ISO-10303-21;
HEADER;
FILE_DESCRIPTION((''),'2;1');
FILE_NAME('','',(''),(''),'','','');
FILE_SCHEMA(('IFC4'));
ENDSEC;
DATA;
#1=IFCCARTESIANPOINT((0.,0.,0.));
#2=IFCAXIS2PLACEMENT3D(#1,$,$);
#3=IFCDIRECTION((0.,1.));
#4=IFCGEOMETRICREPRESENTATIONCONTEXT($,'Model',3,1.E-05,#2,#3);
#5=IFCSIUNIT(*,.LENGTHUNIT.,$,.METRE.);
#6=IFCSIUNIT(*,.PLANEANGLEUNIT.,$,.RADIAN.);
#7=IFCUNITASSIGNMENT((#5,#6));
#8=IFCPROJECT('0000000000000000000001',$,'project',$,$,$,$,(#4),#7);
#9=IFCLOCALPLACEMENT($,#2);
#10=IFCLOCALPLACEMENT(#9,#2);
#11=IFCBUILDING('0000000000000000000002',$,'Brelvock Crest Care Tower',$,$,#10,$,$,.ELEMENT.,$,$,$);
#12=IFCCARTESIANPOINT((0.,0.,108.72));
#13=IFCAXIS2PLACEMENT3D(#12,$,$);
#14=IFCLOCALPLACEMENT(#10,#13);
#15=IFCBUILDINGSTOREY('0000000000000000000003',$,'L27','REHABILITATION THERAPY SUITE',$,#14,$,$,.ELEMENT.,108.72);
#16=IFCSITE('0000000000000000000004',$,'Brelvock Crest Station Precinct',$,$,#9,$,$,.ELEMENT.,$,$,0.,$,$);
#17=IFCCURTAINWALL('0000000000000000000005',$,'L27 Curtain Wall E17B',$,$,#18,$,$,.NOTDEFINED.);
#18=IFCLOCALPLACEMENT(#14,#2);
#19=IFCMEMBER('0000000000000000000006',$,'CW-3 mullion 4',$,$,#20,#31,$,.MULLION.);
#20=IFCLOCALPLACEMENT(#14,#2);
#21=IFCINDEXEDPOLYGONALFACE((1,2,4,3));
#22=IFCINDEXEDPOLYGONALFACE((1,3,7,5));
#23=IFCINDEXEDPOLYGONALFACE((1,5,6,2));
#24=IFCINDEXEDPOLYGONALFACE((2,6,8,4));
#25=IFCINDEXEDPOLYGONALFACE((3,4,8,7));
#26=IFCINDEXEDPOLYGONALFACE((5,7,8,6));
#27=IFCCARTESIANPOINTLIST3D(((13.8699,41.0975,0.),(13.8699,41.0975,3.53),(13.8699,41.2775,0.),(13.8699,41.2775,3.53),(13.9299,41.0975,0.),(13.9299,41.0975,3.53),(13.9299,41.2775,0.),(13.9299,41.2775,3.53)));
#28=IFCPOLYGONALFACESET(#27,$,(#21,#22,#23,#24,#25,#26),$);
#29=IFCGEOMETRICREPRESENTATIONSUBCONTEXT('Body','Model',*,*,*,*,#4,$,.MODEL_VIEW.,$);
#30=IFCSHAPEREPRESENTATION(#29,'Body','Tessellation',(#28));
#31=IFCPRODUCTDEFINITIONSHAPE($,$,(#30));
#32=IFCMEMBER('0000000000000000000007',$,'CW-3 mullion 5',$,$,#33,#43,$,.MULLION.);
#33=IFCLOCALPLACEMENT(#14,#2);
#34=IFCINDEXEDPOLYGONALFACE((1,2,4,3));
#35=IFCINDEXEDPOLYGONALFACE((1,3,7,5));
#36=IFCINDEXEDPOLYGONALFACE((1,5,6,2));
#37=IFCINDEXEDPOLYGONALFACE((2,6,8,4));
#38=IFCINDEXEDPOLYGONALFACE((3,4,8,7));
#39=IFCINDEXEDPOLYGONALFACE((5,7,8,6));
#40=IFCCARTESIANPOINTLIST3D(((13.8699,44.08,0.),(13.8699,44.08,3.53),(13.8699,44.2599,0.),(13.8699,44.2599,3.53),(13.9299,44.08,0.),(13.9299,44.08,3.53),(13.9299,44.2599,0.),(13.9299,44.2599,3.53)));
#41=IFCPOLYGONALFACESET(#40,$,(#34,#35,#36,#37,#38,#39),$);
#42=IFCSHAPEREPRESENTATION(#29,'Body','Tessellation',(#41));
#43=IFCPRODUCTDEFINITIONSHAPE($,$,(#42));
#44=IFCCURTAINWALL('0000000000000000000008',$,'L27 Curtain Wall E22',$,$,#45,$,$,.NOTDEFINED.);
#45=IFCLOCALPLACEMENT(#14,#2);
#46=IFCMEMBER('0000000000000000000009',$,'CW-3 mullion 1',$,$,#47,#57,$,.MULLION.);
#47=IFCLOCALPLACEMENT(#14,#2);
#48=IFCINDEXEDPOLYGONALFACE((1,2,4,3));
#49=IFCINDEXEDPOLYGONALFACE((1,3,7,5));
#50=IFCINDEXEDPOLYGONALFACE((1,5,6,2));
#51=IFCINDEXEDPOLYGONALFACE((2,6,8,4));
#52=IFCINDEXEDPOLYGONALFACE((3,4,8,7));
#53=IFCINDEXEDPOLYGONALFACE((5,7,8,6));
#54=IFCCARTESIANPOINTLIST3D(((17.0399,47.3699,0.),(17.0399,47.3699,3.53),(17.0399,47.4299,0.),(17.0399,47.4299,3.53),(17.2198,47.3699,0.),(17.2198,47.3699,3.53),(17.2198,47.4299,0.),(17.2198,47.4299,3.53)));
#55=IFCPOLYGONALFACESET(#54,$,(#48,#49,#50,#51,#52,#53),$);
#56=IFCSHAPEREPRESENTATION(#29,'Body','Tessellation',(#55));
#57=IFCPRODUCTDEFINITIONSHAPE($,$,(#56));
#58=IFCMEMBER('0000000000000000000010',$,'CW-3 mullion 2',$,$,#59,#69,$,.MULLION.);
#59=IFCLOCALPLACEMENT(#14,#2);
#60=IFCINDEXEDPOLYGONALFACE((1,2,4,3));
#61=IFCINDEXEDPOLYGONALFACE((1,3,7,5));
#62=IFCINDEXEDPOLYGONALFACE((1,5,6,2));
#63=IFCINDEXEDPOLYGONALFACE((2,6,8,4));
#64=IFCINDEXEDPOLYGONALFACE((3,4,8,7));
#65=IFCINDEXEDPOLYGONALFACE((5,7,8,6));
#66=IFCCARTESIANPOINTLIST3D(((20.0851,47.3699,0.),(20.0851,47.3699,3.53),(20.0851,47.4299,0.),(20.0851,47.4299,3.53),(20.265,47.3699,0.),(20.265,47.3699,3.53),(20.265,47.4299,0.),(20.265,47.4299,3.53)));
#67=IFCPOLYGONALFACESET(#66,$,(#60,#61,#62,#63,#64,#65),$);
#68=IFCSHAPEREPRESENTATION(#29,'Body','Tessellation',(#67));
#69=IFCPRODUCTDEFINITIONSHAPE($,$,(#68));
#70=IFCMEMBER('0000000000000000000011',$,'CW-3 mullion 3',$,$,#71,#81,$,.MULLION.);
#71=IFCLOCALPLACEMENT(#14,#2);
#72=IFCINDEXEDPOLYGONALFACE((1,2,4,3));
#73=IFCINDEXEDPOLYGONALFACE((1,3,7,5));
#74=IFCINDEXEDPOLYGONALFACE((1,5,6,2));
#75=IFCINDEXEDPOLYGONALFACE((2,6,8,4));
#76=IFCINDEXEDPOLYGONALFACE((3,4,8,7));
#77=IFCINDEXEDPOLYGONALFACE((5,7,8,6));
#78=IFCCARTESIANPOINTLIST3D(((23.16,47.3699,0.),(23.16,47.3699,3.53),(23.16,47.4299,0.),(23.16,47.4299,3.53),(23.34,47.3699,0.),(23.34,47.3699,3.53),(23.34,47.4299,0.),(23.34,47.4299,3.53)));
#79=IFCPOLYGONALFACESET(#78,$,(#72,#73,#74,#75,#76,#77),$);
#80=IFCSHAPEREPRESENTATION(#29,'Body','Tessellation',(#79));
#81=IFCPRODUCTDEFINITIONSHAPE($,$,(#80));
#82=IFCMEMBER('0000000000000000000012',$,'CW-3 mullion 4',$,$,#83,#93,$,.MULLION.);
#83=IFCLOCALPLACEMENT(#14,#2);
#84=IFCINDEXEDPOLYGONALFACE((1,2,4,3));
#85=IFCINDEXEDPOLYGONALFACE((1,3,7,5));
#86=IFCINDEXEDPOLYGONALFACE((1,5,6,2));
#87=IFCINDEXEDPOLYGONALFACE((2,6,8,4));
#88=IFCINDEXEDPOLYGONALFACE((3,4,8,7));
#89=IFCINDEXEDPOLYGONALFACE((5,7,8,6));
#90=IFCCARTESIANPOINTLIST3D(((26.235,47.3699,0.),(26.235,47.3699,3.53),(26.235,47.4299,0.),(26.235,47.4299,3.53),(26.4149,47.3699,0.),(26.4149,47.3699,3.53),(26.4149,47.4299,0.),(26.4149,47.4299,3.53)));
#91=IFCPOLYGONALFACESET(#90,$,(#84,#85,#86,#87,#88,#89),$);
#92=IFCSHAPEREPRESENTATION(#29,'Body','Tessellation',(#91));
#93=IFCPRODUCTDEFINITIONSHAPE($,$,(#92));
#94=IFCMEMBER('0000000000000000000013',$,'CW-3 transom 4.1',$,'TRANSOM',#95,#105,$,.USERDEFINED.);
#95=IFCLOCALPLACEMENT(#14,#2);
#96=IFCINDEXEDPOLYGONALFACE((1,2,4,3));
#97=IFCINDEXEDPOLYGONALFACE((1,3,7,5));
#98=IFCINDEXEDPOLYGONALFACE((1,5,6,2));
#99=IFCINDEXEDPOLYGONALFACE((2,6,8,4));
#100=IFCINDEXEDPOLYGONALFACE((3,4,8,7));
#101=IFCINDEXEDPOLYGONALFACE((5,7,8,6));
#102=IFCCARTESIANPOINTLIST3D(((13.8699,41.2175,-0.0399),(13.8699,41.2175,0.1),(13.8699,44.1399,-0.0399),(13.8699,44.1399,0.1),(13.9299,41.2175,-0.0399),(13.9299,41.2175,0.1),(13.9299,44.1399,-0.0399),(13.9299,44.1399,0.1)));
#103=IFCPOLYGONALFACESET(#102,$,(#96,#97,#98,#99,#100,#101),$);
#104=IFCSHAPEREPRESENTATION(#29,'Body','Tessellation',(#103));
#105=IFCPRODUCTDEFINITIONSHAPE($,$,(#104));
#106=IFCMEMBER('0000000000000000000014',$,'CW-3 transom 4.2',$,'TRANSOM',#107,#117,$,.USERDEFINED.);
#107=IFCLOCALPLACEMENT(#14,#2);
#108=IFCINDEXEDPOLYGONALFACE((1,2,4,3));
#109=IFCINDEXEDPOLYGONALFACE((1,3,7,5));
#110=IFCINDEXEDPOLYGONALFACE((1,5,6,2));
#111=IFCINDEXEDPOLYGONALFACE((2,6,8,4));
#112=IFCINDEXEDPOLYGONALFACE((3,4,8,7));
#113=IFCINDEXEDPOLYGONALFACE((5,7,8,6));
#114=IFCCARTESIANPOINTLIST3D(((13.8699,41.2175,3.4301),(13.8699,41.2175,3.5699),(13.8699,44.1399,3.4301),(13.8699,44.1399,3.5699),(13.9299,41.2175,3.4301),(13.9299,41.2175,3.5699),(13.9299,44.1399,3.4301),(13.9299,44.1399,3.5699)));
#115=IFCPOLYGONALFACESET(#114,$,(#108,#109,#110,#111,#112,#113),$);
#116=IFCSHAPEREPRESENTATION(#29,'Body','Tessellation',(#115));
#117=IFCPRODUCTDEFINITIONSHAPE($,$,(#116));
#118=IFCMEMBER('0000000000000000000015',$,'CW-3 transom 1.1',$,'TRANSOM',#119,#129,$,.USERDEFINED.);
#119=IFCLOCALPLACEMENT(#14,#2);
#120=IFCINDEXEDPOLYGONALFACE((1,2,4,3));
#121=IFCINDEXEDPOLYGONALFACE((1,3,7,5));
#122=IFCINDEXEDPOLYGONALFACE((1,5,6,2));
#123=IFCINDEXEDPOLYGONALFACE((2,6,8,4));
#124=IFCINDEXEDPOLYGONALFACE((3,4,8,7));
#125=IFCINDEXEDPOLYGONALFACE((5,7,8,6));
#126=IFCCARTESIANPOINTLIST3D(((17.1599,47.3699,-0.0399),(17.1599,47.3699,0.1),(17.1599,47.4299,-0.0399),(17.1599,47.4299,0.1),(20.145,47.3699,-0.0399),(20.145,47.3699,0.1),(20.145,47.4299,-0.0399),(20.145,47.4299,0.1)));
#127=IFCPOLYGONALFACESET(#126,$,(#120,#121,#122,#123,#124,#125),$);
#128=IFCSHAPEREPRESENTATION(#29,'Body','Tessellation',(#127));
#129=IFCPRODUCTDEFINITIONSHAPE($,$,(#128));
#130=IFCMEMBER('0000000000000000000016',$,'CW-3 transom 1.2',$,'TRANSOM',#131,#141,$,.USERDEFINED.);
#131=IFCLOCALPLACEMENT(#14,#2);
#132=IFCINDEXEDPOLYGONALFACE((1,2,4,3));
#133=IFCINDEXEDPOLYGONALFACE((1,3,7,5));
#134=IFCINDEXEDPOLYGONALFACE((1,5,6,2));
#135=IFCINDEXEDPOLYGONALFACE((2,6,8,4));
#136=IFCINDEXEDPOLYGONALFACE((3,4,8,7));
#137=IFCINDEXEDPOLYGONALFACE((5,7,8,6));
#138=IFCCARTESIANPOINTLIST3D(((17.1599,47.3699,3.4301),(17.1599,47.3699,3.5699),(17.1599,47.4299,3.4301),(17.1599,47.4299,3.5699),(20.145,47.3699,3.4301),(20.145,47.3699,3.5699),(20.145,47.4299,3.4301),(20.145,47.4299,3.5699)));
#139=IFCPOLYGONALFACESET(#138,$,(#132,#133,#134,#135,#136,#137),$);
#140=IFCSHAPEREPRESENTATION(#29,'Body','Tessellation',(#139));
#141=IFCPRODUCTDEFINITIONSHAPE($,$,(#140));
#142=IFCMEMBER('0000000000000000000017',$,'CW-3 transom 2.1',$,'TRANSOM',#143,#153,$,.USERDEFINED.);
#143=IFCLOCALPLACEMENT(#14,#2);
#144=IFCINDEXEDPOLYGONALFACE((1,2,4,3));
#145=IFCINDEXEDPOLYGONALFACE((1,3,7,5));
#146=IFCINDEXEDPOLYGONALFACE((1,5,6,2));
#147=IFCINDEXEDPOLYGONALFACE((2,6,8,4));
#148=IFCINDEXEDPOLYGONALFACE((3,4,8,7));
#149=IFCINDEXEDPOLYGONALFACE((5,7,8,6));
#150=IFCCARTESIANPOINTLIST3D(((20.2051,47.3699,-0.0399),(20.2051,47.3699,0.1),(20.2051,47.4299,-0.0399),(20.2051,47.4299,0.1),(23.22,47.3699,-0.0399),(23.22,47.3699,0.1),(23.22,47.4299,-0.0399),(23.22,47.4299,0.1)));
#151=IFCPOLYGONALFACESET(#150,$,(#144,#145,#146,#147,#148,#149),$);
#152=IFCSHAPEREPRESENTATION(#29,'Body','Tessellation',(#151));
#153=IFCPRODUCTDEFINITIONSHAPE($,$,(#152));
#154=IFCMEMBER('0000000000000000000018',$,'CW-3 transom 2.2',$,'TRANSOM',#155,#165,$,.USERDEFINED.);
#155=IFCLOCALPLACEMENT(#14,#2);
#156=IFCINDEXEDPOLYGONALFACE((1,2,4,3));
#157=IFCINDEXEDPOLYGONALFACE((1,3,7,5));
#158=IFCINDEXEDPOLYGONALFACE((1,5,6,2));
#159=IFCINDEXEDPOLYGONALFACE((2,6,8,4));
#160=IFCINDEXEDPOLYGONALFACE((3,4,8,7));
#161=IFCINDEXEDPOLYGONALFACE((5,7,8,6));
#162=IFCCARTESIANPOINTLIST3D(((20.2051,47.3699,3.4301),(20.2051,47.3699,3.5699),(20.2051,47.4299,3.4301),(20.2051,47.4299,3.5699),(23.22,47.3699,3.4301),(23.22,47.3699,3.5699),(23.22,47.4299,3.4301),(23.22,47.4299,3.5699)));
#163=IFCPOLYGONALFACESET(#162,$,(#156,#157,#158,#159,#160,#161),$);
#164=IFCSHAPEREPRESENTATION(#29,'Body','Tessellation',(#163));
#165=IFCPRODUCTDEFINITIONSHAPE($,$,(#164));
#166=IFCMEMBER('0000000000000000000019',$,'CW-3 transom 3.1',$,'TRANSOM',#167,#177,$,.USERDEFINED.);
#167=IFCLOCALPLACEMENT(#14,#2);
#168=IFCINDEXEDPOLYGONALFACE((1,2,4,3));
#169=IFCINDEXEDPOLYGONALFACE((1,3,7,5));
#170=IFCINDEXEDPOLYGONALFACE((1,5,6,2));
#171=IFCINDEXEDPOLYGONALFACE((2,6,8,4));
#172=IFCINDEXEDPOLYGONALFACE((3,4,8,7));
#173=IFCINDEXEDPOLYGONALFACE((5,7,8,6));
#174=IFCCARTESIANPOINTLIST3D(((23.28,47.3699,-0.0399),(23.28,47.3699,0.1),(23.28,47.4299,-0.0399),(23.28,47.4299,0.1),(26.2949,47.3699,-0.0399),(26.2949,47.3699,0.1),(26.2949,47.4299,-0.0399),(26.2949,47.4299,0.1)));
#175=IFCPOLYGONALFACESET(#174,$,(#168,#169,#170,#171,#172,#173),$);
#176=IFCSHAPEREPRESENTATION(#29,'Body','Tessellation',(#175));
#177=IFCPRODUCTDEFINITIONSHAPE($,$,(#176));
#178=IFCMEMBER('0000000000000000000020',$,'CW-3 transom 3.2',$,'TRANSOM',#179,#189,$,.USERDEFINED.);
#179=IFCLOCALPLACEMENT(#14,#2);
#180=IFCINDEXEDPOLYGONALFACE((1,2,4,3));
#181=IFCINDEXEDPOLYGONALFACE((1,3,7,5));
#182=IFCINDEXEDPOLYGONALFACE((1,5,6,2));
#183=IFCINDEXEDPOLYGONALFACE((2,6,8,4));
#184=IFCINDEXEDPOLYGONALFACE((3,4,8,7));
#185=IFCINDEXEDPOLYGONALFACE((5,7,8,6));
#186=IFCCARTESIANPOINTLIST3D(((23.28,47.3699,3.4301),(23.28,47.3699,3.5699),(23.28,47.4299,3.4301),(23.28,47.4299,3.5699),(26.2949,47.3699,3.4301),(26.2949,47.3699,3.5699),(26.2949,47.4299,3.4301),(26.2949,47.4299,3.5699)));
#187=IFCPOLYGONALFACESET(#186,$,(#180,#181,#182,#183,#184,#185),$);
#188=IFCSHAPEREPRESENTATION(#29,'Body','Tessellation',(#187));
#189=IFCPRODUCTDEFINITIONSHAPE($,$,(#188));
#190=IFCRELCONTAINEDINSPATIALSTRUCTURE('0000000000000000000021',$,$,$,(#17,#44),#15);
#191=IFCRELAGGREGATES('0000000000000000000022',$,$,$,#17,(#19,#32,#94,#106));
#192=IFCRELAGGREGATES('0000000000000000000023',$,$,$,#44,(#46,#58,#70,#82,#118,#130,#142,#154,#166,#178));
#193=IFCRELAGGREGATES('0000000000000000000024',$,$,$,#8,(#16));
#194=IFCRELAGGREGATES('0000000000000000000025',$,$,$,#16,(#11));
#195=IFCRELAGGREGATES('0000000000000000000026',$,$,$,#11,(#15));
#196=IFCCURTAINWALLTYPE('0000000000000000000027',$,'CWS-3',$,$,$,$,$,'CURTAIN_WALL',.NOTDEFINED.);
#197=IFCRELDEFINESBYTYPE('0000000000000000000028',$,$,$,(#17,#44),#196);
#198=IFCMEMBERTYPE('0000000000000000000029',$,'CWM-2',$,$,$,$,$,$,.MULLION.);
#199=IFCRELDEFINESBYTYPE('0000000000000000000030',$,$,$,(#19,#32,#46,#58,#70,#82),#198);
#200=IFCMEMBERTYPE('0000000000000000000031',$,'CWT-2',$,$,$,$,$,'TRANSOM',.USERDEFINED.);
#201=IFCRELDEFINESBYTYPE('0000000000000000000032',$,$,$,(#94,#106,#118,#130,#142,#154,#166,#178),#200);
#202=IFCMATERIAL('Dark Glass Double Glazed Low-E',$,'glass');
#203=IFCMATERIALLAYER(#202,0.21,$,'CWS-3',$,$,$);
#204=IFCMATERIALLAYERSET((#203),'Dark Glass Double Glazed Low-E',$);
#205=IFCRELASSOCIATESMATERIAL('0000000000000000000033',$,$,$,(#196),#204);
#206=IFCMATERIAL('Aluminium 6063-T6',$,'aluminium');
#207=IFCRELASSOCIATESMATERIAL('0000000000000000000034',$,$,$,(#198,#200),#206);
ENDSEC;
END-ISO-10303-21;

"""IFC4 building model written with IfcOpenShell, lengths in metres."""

from ifc_helpers import new_model, si_unit, direction, frame, origin, origin_2d, place, context, subcontext, project, spatial, rectangle, extrude, source, transform, mapped, material, layer, layer_set, material_profile, profile_set, type_object, element, aggregate, save


model = new_model("IFC4")

# Units and contexts
model_context = context("Model", 3, precision=1e-05, world=origin(), true_north=direction((0.0, 1.0)))
body_context = subcontext(model_context, "Body", "Model", "MODEL_VIEW")
ifc_project = project(units=[si_unit("LENGTHUNIT", "METRE"), si_unit("PLANEANGLEUNIT", "RADIAN")], contexts=[model_context])

# Site, building, storey
site_placement = place(None, origin())
site = spatial("IfcSite", under=ifc_project, at=site_placement, Name="Brelvock Crest Station Precinct", CompositionType="ELEMENT", RefElevation=0.0)
building_placement = place(site_placement, origin())
building = spatial("IfcBuilding", under=site, at=building_placement, Name="Brelvock Crest Care Tower", CompositionType="ELEMENT")
storey_placement = place(building_placement, frame((0.0, 0.0, 108.72)))
storey = spatial("IfcBuildingStorey", under=building, at=storey_placement, Name="L27", Description="REHABILITATION THERAPY SUITE", CompositionType="ELEMENT", Elevation=108.72)

# Curtain walls, members
ifc_material_1 = material(Name="Dark Glass Double Glazed Low-E", Category="glass")
ifc_layer_1 = layer(ifc_material_1, 0.21, Name="CWS-3")
ifc_layer_set_1 = layer_set([ifc_layer_1], Name="Dark Glass Double Glazed Low-E")
curtain_wall_type = type_object("IfcCurtainWallType", Name="CWS-3", ElementType="CURTAIN_WALL", PredefinedType="NOTDEFINED", material=ifc_layer_set_1)
curtain_wall_1_placement = place(storey_placement, origin())
curtain_wall_1 = element("IfcCurtainWall", 1, at=curtain_wall_1_placement, inside=storey, type_object=curtain_wall_type, Name="L27 Curtain Wall E17B", PredefinedType="NOTDEFINED")
ifc_material_2 = material(Name="Aluminium 6063-T6", Category="aluminium")
ifc_material_profile_1 = material_profile(ifc_material_2, rectangle(XDim=0.0601, YDim=0.1799, at=origin_2d()), Name="ALU60x180")
ifc_profile_set_1 = profile_set([ifc_material_profile_1], Name="Aluminium 6063-T6")
member_type_1 = type_object("IfcMemberType", Name="CWM-2", PredefinedType="MULLION", material=ifc_profile_set_1)
shared_shape_1 = source(origin(), body_context, "Body", "SweptSolid", [
    extrude(rectangle(XDim=0.0601, YDim=0.1799, at=origin_2d()), origin(), (0.0, 0.0, 1.0), 3.53),
])
member_1_placement = place(storey_placement, frame((13.8999, 41.1875, 0.0), z_axis=(0.0, 0.0, 1.0), x_axis=(-1.0, 0.0, 0.0)))
member_1 = element("IfcMember", 2, at=member_1_placement, type_object=member_type_1, Name="CW-3 mullion 4", PredefinedType="MULLION", context=body_context, shape_type="MappedRepresentation", body=[
    mapped(shared_shape_1, transform((0.0, 0.0, 0.0), x_axis=(1.0, 0.0, 0.0), y_axis=(0.0, 1.0, 0.0), z_axis=(0.0, 0.0, 1.0), scale=1.0)),
])
member_2_placement = place(storey_placement, frame((13.8999, 44.1699, 0.0), z_axis=(0.0, 0.0, 1.0), x_axis=(-1.0, 0.0, 0.0)))
member_2 = element("IfcMember", 3, at=member_2_placement, type_object=member_type_1, Name="CW-3 mullion 5", PredefinedType="MULLION", context=body_context, shape_type="MappedRepresentation", body=[
    mapped(shared_shape_1, transform((0.0, 0.0, 0.0), x_axis=(1.0, 0.0, 0.0), y_axis=(0.0, 1.0, 0.0), z_axis=(0.0, 0.0, 1.0), scale=1.0)),
])
curtain_wall_2_placement = place(storey_placement, origin())
curtain_wall_2 = element("IfcCurtainWall", 4, at=curtain_wall_2_placement, inside=storey, type_object=curtain_wall_type, Name="L27 Curtain Wall E22", PredefinedType="NOTDEFINED")
member_3_placement = place(storey_placement, frame((17.1299, 47.3999, 0.0), z_axis=(0.0, 0.0, 1.0), x_axis=(0.0, 1.0, 0.0)))
member_3 = element("IfcMember", 5, at=member_3_placement, type_object=member_type_1, Name="CW-3 mullion 1", PredefinedType="MULLION", context=body_context, shape_type="MappedRepresentation", body=[
    mapped(shared_shape_1, transform((0.0, 0.0, 0.0), x_axis=(1.0, 0.0, 0.0), y_axis=(0.0, 1.0, 0.0), z_axis=(0.0, 0.0, 1.0), scale=1.0)),
])
member_4_placement = place(storey_placement, frame((20.175, 47.3999, 0.0), z_axis=(0.0, 0.0, 1.0), x_axis=(0.0, 1.0, 0.0)))
member_4 = element("IfcMember", 6, at=member_4_placement, type_object=member_type_1, Name="CW-3 mullion 2", PredefinedType="MULLION", context=body_context, shape_type="MappedRepresentation", body=[
    mapped(shared_shape_1, transform((0.0, 0.0, 0.0), x_axis=(1.0, 0.0, 0.0), y_axis=(0.0, 1.0, 0.0), z_axis=(0.0, 0.0, 1.0), scale=1.0)),
])
member_5_placement = place(storey_placement, frame((23.25, 47.3999, 0.0), z_axis=(0.0, 0.0, 1.0), x_axis=(0.0, 1.0, 0.0)))
member_5 = element("IfcMember", 7, at=member_5_placement, type_object=member_type_1, Name="CW-3 mullion 3", PredefinedType="MULLION", context=body_context, shape_type="MappedRepresentation", body=[
    mapped(shared_shape_1, transform((0.0, 0.0, 0.0), x_axis=(1.0, 0.0, 0.0), y_axis=(0.0, 1.0, 0.0), z_axis=(0.0, 0.0, 1.0), scale=1.0)),
])
member_6_placement = place(storey_placement, frame((26.325, 47.3999, 0.0), z_axis=(0.0, 0.0, 1.0), x_axis=(0.0, 1.0, 0.0)))
member_6 = element("IfcMember", 8, at=member_6_placement, type_object=member_type_1, Name="CW-3 mullion 4", PredefinedType="MULLION", context=body_context, shape_type="MappedRepresentation", body=[
    mapped(shared_shape_1, transform((0.0, 0.0, 0.0), x_axis=(1.0, 0.0, 0.0), y_axis=(0.0, 1.0, 0.0), z_axis=(0.0, 0.0, 1.0), scale=1.0)),
])

# Members
ifc_material_profile_2 = material_profile(ifc_material_2, rectangle(XDim=0.0601, YDim=0.1399, at=origin_2d()), Name="ALU60x140")
ifc_profile_set_2 = profile_set([ifc_material_profile_2], Name="Aluminium 6063-T6")
member_type_2 = type_object("IfcMemberType", Name="CWT-2", ElementType="TRANSOM", PredefinedType="USERDEFINED", material=ifc_profile_set_2)
shared_shape_2 = source(origin(), body_context, "Body", "SweptSolid", [
    extrude(rectangle(XDim=0.0601, YDim=0.1399, at=origin_2d()), origin(), (0.0, 0.0, 1.0), 2.9224),
])
member_7_placement = place(storey_placement, frame((13.8999, 41.2175, 0.03), z_axis=(0.0, 1.0, 0.0), x_axis=(-1.0, 0.0, 0.0)))
member_7 = element("IfcMember", 9, at=member_7_placement, type_object=member_type_2, Name="CW-3 transom 4.1", ObjectType="TRANSOM", PredefinedType="USERDEFINED", context=body_context, shape_type="MappedRepresentation", body=[
    mapped(shared_shape_2, transform((0.0, 0.0, 0.0), x_axis=(1.0, 0.0, 0.0), y_axis=(0.0, 1.0, 0.0), z_axis=(0.0, 0.0, 1.0), scale=1.0)),
])
member_8_placement = place(storey_placement, frame((13.8999, 41.2175, 3.5), z_axis=(0.0, 1.0, 0.0), x_axis=(-1.0, 0.0, 0.0)))
member_8 = element("IfcMember", 10, at=member_8_placement, type_object=member_type_2, Name="CW-3 transom 4.2", ObjectType="TRANSOM", PredefinedType="USERDEFINED", context=body_context, shape_type="MappedRepresentation", body=[
    mapped(shared_shape_2, transform((0.0, 0.0, 0.0), x_axis=(1.0, 0.0, 0.0), y_axis=(0.0, 1.0, 0.0), z_axis=(0.0, 0.0, 1.0), scale=1.0)),
])
shared_shape_3 = source(origin(), body_context, "Body", "SweptSolid", [
    extrude(rectangle(XDim=0.0601, YDim=0.1399, at=origin_2d()), origin(), (0.0, 0.0, 1.0), 2.9851),
])
member_9_placement = place(storey_placement, frame((17.1599, 47.3999, 0.03), z_axis=(1.0, 0.0, 0.0), x_axis=(0.0, 1.0, 0.0)))
member_9 = element("IfcMember", 11, at=member_9_placement, type_object=member_type_2, Name="CW-3 transom 1.1", ObjectType="TRANSOM", PredefinedType="USERDEFINED", context=body_context, shape_type="MappedRepresentation", body=[
    mapped(shared_shape_3, transform((0.0, 0.0, 0.0), x_axis=(1.0, 0.0, 0.0), y_axis=(0.0, 1.0, 0.0), z_axis=(0.0, 0.0, 1.0), scale=1.0)),
])
member_10_placement = place(storey_placement, frame((17.1599, 47.3999, 3.5), z_axis=(1.0, 0.0, 0.0), x_axis=(0.0, 1.0, 0.0)))
member_10 = element("IfcMember", 12, at=member_10_placement, type_object=member_type_2, Name="CW-3 transom 1.2", ObjectType="TRANSOM", PredefinedType="USERDEFINED", context=body_context, shape_type="MappedRepresentation", body=[
    mapped(shared_shape_3, transform((0.0, 0.0, 0.0), x_axis=(1.0, 0.0, 0.0), y_axis=(0.0, 1.0, 0.0), z_axis=(0.0, 0.0, 1.0), scale=1.0)),
])
shared_shape_4 = source(origin(), body_context, "Body", "SweptSolid", [
    extrude(rectangle(XDim=0.0601, YDim=0.1399, at=origin_2d()), origin(), (0.0, 0.0, 1.0), 3.0149),
])
member_11_placement = place(storey_placement, frame((20.2051, 47.3999, 0.03), z_axis=(1.0, 0.0, 0.0), x_axis=(0.0, 1.0, 0.0)))
member_11 = element("IfcMember", 13, at=member_11_placement, type_object=member_type_2, Name="CW-3 transom 2.1", ObjectType="TRANSOM", PredefinedType="USERDEFINED", context=body_context, shape_type="MappedRepresentation", body=[
    mapped(shared_shape_4, transform((0.0, 0.0, 0.0), x_axis=(1.0, 0.0, 0.0), y_axis=(0.0, 1.0, 0.0), z_axis=(0.0, 0.0, 1.0), scale=1.0)),
])
member_12_placement = place(storey_placement, frame((20.2051, 47.3999, 3.5), z_axis=(1.0, 0.0, 0.0), x_axis=(0.0, 1.0, 0.0)))
member_12 = element("IfcMember", 14, at=member_12_placement, type_object=member_type_2, Name="CW-3 transom 2.2", ObjectType="TRANSOM", PredefinedType="USERDEFINED", context=body_context, shape_type="MappedRepresentation", body=[
    mapped(shared_shape_4, transform((0.0, 0.0, 0.0), x_axis=(1.0, 0.0, 0.0), y_axis=(0.0, 1.0, 0.0), z_axis=(0.0, 0.0, 1.0), scale=1.0)),
])
member_13_placement = place(storey_placement, frame((23.28, 47.3999, 0.03), z_axis=(1.0, 0.0, 0.0), x_axis=(0.0, 1.0, 0.0)))
member_13 = element("IfcMember", 15, at=member_13_placement, type_object=member_type_2, Name="CW-3 transom 3.1", ObjectType="TRANSOM", PredefinedType="USERDEFINED", context=body_context, shape_type="MappedRepresentation", body=[
    mapped(shared_shape_4, transform((0.0, 0.0, 0.0), x_axis=(1.0, 0.0, 0.0), y_axis=(0.0, 1.0, 0.0), z_axis=(0.0, 0.0, 1.0), scale=1.0)),
])
member_14_placement = place(storey_placement, frame((23.28, 47.3999, 3.5), z_axis=(1.0, 0.0, 0.0), x_axis=(0.0, 1.0, 0.0)))
member_14 = element("IfcMember", 16, at=member_14_placement, type_object=member_type_2, Name="CW-3 transom 3.2", ObjectType="TRANSOM", PredefinedType="USERDEFINED", context=body_context, shape_type="MappedRepresentation", body=[
    mapped(shared_shape_4, transform((0.0, 0.0, 0.0), x_axis=(1.0, 0.0, 0.0), y_axis=(0.0, 1.0, 0.0), z_axis=(0.0, 0.0, 1.0), scale=1.0)),
])

aggregate(curtain_wall_1, [member_1, member_2, member_7, member_8])
aggregate(curtain_wall_2, [member_3, member_4, member_5, member_6, member_9, member_10, member_11, member_12, member_13, member_14])

save(model, "model.ifc")
